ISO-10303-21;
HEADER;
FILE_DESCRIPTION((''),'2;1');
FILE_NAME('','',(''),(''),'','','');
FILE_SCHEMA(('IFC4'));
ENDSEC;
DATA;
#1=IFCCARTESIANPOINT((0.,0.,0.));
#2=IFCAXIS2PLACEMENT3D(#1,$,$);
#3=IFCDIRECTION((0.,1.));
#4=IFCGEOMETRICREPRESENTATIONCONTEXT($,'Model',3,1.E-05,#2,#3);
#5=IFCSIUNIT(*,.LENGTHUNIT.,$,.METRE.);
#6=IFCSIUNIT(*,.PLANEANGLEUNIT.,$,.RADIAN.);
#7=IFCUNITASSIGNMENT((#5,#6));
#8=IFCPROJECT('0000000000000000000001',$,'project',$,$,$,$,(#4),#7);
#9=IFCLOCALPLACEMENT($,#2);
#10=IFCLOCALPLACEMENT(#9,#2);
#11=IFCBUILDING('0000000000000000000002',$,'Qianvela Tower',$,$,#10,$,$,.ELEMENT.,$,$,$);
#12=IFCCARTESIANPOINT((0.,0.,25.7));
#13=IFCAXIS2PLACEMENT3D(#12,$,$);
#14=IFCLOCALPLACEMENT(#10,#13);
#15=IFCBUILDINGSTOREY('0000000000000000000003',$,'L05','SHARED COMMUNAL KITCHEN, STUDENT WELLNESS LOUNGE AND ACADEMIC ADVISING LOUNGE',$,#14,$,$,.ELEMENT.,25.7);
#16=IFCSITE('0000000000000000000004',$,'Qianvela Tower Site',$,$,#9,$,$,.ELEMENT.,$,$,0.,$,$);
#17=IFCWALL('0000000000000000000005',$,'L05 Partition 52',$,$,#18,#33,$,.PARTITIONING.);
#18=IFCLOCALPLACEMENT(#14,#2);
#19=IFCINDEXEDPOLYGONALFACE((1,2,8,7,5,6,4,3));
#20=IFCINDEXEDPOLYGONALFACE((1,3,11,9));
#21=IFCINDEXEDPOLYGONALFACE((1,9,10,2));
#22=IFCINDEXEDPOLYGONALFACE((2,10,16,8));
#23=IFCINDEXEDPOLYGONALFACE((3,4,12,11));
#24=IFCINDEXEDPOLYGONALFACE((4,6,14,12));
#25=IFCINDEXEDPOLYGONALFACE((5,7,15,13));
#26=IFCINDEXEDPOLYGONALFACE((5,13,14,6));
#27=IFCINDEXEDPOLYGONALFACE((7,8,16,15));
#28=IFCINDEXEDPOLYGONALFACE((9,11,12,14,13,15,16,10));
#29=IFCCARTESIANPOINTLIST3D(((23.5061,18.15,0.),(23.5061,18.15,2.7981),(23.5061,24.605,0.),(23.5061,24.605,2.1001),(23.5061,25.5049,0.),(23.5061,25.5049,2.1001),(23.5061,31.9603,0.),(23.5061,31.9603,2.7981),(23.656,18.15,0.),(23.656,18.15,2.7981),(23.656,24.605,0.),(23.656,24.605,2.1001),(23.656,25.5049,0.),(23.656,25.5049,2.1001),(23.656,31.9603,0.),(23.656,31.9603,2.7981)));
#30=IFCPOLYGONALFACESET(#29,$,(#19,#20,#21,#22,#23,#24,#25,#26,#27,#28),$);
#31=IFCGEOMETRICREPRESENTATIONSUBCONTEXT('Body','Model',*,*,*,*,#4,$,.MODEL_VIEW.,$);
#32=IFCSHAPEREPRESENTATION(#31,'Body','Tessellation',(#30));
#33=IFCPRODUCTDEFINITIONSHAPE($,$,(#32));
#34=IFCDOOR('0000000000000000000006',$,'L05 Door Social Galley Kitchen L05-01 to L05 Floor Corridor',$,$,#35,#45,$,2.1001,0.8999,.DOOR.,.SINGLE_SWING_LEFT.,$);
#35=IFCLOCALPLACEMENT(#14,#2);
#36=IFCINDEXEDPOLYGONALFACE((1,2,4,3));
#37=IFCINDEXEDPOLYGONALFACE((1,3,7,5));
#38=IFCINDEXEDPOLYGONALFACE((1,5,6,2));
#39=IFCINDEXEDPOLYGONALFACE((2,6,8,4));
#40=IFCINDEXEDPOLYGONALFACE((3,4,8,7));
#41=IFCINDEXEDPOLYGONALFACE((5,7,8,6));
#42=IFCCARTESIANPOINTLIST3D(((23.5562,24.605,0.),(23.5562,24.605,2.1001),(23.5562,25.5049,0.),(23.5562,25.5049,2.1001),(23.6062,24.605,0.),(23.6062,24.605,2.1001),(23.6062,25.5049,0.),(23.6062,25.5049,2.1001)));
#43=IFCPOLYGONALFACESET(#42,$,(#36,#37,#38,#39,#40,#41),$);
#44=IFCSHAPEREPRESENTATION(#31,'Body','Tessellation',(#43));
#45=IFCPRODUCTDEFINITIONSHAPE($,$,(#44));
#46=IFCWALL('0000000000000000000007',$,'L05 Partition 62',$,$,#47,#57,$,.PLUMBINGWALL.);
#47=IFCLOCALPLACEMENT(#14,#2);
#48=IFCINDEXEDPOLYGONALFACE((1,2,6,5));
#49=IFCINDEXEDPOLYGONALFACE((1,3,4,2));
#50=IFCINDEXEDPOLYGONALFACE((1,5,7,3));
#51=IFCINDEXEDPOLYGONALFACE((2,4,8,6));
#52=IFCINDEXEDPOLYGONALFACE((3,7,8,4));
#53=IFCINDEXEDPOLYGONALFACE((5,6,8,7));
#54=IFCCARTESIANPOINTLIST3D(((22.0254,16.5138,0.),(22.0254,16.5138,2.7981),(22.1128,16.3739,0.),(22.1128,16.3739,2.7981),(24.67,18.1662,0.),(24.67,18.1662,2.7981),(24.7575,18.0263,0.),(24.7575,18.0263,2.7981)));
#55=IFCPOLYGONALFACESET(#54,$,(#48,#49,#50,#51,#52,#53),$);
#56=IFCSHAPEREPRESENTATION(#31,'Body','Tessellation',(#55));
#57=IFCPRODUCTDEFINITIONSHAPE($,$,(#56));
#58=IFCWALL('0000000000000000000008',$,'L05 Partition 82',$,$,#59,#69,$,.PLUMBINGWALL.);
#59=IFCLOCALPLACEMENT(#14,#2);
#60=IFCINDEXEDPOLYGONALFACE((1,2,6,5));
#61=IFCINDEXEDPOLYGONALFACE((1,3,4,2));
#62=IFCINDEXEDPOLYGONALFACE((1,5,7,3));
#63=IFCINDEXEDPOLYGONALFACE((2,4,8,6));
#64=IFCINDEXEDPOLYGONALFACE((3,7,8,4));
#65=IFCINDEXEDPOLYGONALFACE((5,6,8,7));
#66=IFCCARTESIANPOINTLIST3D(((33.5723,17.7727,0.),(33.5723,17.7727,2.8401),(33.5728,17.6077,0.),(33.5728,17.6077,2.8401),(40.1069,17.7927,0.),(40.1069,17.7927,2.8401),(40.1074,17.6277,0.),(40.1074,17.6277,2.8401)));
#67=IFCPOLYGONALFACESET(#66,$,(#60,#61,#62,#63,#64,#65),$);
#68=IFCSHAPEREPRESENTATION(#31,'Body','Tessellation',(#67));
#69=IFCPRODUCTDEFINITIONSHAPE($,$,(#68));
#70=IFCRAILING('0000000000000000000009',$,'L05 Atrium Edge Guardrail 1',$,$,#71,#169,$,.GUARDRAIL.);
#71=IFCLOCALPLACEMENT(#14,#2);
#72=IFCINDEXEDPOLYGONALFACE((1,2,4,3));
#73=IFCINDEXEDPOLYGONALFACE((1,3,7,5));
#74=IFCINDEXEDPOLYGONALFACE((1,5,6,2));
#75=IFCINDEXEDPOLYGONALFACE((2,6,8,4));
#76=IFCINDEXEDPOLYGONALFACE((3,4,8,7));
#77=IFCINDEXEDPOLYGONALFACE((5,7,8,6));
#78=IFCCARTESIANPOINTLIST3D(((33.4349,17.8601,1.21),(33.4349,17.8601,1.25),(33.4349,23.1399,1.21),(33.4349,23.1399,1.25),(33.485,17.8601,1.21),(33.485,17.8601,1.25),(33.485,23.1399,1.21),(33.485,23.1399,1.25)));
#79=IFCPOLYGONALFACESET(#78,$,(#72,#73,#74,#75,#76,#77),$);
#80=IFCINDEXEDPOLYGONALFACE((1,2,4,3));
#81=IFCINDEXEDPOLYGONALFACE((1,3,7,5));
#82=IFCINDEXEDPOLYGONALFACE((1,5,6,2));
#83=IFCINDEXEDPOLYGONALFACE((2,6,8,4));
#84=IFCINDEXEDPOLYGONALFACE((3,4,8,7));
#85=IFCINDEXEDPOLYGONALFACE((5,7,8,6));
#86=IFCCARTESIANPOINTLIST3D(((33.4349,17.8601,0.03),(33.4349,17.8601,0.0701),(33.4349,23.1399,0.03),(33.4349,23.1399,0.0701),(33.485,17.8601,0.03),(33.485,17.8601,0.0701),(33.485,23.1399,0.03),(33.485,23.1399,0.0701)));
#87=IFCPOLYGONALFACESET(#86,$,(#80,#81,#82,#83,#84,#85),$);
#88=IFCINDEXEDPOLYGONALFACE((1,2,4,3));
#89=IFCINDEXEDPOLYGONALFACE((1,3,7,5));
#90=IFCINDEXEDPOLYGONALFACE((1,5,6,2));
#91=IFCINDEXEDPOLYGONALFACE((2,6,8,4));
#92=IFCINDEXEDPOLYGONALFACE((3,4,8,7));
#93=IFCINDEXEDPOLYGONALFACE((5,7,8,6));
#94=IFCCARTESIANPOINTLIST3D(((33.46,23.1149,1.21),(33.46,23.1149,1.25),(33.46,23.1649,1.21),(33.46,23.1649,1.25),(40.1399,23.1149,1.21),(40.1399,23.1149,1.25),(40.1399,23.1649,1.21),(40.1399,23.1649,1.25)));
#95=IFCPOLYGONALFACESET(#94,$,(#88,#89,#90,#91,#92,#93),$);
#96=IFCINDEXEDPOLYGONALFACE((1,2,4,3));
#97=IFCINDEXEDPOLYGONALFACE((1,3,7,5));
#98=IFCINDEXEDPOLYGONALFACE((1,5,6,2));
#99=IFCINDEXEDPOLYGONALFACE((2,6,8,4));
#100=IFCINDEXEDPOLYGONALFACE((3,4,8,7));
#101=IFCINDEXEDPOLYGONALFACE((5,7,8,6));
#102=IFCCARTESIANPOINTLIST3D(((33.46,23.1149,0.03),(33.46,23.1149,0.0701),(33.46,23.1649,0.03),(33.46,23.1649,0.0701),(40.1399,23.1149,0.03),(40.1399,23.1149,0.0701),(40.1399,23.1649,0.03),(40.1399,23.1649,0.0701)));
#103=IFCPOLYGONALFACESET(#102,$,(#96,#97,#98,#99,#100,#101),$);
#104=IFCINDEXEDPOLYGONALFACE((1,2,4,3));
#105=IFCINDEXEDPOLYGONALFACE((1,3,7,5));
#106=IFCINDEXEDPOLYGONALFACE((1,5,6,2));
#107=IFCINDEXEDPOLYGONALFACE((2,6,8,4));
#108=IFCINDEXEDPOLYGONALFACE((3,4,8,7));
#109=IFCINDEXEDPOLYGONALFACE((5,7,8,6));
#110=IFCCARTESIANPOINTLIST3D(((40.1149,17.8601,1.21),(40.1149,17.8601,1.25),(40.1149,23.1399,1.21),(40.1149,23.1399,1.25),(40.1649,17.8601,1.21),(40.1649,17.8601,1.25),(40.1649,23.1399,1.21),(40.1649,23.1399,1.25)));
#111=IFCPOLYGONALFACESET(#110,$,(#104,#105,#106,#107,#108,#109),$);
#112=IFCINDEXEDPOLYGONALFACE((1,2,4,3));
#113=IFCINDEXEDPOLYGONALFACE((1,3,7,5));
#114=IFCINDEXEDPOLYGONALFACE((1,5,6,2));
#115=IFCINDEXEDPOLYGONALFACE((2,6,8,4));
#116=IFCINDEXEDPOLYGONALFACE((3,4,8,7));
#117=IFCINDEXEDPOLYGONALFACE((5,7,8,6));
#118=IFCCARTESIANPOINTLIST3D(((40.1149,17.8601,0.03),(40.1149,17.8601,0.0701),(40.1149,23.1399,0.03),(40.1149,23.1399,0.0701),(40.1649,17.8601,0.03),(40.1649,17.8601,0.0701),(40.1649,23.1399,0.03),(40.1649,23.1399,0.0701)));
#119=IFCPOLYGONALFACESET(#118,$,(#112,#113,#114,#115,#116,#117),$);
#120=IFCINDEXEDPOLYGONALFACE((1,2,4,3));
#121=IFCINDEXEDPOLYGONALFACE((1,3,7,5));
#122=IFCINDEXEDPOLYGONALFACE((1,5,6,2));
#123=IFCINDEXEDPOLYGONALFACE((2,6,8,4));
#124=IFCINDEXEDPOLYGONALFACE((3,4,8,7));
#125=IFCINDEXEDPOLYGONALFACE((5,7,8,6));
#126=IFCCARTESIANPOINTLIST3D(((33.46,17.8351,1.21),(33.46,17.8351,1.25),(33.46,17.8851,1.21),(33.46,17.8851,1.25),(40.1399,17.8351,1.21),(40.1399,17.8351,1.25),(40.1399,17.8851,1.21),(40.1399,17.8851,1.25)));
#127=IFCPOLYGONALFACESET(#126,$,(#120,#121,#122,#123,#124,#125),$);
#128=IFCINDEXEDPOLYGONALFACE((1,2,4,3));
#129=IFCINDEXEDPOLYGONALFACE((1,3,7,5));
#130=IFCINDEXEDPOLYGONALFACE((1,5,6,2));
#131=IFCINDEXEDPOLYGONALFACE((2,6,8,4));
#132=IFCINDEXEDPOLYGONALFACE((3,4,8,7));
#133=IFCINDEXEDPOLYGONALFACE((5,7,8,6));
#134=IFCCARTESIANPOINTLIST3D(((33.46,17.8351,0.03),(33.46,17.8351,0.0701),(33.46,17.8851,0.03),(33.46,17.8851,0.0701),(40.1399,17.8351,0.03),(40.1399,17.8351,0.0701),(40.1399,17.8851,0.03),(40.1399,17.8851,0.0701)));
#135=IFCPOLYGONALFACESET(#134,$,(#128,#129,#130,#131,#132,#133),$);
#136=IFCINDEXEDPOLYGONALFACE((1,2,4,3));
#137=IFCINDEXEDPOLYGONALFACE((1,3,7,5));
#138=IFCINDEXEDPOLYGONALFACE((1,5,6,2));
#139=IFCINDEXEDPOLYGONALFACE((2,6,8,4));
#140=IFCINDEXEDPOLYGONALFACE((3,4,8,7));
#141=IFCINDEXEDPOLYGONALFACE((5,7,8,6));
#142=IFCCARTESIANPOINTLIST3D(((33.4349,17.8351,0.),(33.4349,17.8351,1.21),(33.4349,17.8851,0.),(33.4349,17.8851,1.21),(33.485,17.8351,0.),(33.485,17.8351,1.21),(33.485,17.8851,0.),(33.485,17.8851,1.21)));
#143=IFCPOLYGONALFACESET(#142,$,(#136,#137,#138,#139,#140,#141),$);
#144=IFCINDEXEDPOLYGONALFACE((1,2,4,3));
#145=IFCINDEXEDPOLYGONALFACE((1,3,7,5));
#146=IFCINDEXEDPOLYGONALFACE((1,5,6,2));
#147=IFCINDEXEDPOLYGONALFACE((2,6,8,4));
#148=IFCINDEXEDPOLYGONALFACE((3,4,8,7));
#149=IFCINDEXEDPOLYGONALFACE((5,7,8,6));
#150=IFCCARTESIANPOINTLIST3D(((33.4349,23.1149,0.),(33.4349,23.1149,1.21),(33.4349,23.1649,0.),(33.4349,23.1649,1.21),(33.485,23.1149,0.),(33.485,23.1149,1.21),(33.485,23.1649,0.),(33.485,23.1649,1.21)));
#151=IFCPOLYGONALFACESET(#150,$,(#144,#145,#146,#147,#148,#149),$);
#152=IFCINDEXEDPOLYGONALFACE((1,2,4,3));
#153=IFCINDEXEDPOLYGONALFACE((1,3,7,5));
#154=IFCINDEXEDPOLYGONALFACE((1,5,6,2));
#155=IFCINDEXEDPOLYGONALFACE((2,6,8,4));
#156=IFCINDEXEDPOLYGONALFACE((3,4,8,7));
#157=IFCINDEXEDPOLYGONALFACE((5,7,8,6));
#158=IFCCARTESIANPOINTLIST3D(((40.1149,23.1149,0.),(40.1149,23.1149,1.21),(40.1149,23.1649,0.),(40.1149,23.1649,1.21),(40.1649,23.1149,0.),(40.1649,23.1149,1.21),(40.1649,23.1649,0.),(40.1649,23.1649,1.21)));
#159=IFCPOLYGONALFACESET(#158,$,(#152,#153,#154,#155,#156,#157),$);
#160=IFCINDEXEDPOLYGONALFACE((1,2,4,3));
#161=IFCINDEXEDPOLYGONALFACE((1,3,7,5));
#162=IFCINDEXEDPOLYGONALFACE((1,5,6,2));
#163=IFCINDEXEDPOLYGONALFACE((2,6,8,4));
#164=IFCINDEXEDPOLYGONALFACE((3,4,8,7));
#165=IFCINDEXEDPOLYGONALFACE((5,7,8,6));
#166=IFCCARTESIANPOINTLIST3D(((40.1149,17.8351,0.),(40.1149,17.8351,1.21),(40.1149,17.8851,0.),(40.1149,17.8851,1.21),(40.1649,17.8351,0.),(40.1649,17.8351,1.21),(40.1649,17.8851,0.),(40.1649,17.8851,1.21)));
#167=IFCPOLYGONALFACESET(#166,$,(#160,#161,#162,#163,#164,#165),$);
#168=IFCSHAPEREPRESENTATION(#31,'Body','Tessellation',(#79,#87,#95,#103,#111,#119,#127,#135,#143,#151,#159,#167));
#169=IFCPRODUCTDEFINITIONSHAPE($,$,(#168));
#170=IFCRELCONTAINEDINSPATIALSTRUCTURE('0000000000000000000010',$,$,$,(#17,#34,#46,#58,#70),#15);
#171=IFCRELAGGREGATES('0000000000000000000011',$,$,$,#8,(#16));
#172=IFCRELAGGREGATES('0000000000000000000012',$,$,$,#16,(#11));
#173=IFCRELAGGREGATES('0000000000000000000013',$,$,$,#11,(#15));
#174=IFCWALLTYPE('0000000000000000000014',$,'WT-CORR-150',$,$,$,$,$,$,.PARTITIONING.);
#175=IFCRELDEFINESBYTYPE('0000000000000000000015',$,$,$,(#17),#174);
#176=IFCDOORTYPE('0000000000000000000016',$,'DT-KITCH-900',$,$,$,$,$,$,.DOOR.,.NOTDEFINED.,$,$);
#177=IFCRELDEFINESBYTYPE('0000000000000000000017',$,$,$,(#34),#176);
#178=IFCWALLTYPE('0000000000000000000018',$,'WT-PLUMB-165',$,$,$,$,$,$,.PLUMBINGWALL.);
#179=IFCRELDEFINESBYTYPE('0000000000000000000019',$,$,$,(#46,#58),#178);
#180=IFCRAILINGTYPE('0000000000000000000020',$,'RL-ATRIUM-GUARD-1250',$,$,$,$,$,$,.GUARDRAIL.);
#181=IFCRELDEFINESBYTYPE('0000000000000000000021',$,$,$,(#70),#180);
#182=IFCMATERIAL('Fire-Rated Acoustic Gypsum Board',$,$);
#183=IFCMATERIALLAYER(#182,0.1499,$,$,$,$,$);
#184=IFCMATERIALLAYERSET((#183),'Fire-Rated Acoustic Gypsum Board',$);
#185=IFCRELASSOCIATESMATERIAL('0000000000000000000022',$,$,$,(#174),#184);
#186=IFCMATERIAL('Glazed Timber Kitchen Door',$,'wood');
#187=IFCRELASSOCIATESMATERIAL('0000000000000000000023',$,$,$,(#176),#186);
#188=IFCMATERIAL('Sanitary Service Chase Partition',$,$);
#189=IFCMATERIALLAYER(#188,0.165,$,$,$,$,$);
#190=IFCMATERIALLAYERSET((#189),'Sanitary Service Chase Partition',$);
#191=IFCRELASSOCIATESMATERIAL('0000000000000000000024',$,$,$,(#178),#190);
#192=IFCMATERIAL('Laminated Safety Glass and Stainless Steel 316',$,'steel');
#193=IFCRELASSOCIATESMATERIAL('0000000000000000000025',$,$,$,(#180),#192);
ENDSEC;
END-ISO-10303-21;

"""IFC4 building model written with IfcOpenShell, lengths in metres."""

from ifc_helpers import new_model, si_unit, direction, frame, frame_2d, origin, origin_2d, place, context, subcontext, project, spatial, rectangle, extrude, material, layer, layer_set, type_object, element, fill, save


model = new_model("IFC4")

# Units and contexts
model_context = context("Model", 3, precision=1e-05, world=origin(), true_north=direction((0.0, 1.0)))
body_context = subcontext(model_context, "Body", "Model", "MODEL_VIEW")
ifc_project = project(units=[si_unit("LENGTHUNIT", "METRE"), si_unit("PLANEANGLEUNIT", "RADIAN")], contexts=[model_context])

# Site, building, storey
site_placement = place(None, origin())
site = spatial("IfcSite", under=ifc_project, at=site_placement, Name="Qianvela Tower Site", CompositionType="ELEMENT", RefElevation=0.0)
building_placement = place(site_placement, origin())
building = spatial("IfcBuilding", under=site, at=building_placement, Name="Qianvela Tower", CompositionType="ELEMENT")
storey_placement = place(building_placement, frame((0.0, 0.0, 25.7)))
storey = spatial("IfcBuildingStorey", under=building, at=storey_placement, Name="L05", Description="SHARED COMMUNAL KITCHEN, STUDENT WELLNESS LOUNGE AND ACADEMIC ADVISING LOUNGE", CompositionType="ELEMENT", Elevation=25.7)

# Shared definitions
ifc_material_1 = material(Name="Fire-Rated Acoustic Gypsum Board")
ifc_layer_1 = layer(ifc_material_1, 0.1499)
ifc_layer_set_1 = layer_set([ifc_layer_1], Name="Fire-Rated Acoustic Gypsum Board")
wall_type_1 = type_object("IfcWallType", Name="WT-CORR-150", PredefinedType="PARTITIONING", material=ifc_layer_set_1)

# Wall, opening, door
ifc_material_2 = material(Name="Glazed Timber Kitchen Door", Category="wood")
door_type = type_object("IfcDoorType", Name="DT-KITCH-900", OperationType="NOTDEFINED", PredefinedType="DOOR", material=ifc_material_2)
wall_1_placement = place(storey_placement, frame((23.5811, 18.1499, 0.0), z_axis=(0.0, 0.0, 1.0), x_axis=(0.0, 1.0, 0.0)))
wall_1 = element("IfcWall", 1, at=wall_1_placement, inside=storey, type_object=wall_type_1, Name="L05 Partition 52", PredefinedType="PARTITIONING", context=body_context, shape_type="SweptSolid", body=[
    extrude(rectangle(XDim=13.8103, YDim=0.1499, at=frame_2d((6.9053, 0.0))), origin(), (0.0, 0.0, 1.0), 2.7981),
])
opening_1_placement = place(wall_1_placement, frame((6.4551, 0.0, 0.0)))
opening_1 = element("IfcOpeningElement", 2, at=opening_1_placement, cuts=wall_1, PredefinedType="OPENING", context=body_context, shape_type="SweptSolid", body=[
    extrude(rectangle(XDim=0.8999, YDim=2.1001, at=frame_2d((0.45, 1.05))), frame((0.0, 0.085, 0.0), z_axis=(0.0, -1.0, 0.0), x_axis=(1.0, 0.0, 0.0)), (0.0, 0.0, 1.0), 0.1699),
])
door_1_placement = place(opening_1_placement, origin())
door_1 = element("IfcDoor", 3, at=door_1_placement, inside=storey, type_object=door_type, Name="L05 Door Social Galley Kitchen L05-01 to L05 Floor Corridor", OperationType="SINGLE_SWING_LEFT", OverallHeight=2.1001, OverallWidth=0.8999, PredefinedType="DOOR", context=body_context, shape_type="SweptSolid", body=[
    extrude(rectangle(XDim=0.8999, YDim=2.1001, at=frame_2d((0.45, 1.05))), frame((0.0, 0.0249, 0.0), z_axis=(0.0, -1.0, 0.0), x_axis=(1.0, 0.0, 0.0)), (0.0, 0.0, 1.0), 0.05),
])
fill(opening_1, door_1)

# Walls
ifc_material_3 = material(Name="Sanitary Service Chase Partition")
ifc_layer_2 = layer(ifc_material_3, 0.165)
ifc_layer_set_2 = layer_set([ifc_layer_2], Name="Sanitary Service Chase Partition")
wall_type_2 = type_object("IfcWallType", Name="WT-PLUMB-165", PredefinedType="PLUMBINGWALL", material=ifc_layer_set_2)
wall_2_placement = place(storey_placement, frame((24.7136, 18.0962, 0.0), z_axis=(0.0, 0.0, 1.0), x_axis=(-0.848069, -0.529886, 0.0)))
element("IfcWall", 4, at=wall_2_placement, inside=storey, type_object=wall_type_2, Name="L05 Partition 62", PredefinedType="PLUMBINGWALL", context=body_context, shape_type="SweptSolid", body=[
    extrude(rectangle(XDim=3.1184, YDim=0.165, at=frame_2d((1.5591, 0.0))), origin(), (0.0, 0.0, 1.0), 2.7981),
])
wall_3_placement = place(storey_placement, frame((33.5725, 17.6902, 0.0), z_axis=(0.0, 0.0, 1.0), x_axis=(0.999995, 0.003064, 0.0)))
element("IfcWall", 5, at=wall_3_placement, inside=storey, type_object=wall_type_2, Name="L05 Partition 82", PredefinedType="PLUMBINGWALL", context=body_context, shape_type="SweptSolid", body=[
    extrude(rectangle(XDim=6.5347, YDim=0.165, at=frame_2d((3.2673, 0.0))), origin(), (0.0, 0.0, 1.0), 2.8401),
])

# Railing
ifc_material_4 = material(Name="Laminated Safety Glass and Stainless Steel 316", Category="steel")
railing_type = type_object("IfcRailingType", Name="RL-ATRIUM-GUARD-1250", PredefinedType="GUARDRAIL", material=ifc_material_4)
railing_placement = place(storey_placement, frame((33.46, 17.8601, 0.0)))
element("IfcRailing", 6, at=railing_placement, inside=storey, type_object=railing_type, Name="L05 Atrium Edge Guardrail 1", PredefinedType="GUARDRAIL", context=body_context, shape_type="SweptSolid", body=[
    extrude(rectangle(XDim=0.05, YDim=0.04, at=origin_2d()), frame((0.0, 0.0, 1.23), z_axis=(0.0, 1.0, 0.0), x_axis=(-1.0, 0.0, 0.0)), (0.0, 0.0, 1.0), 5.2798),
    extrude(rectangle(XDim=0.05, YDim=0.04, at=origin_2d()), frame((0.0, 0.0, 0.05), z_axis=(0.0, 1.0, 0.0), x_axis=(-1.0, 0.0, 0.0)), (0.0, 0.0, 1.0), 5.2798),
    extrude(rectangle(XDim=0.05, YDim=0.04, at=origin_2d()), frame((0.0, 5.2798, 1.23), z_axis=(1.0, 0.0, 0.0), x_axis=(0.0, 1.0, 0.0)), (0.0, 0.0, 1.0), 6.6799),
    extrude(rectangle(XDim=0.05, YDim=0.04, at=origin_2d()), frame((0.0, 5.2798, 0.05), z_axis=(1.0, 0.0, 0.0), x_axis=(0.0, 1.0, 0.0)), (0.0, 0.0, 1.0), 6.6799),
    extrude(rectangle(XDim=0.05, YDim=0.04, at=origin_2d()), frame((6.6799, 5.2798, 1.23), z_axis=(0.0, -1.0, 0.0), x_axis=(1.0, 0.0, 0.0)), (0.0, 0.0, 1.0), 5.2798),
    extrude(rectangle(XDim=0.05, YDim=0.04, at=origin_2d()), frame((6.6799, 5.2798, 0.05), z_axis=(0.0, -1.0, 0.0), x_axis=(1.0, 0.0, 0.0)), (0.0, 0.0, 1.0), 5.2798),
    extrude(rectangle(XDim=0.05, YDim=0.04, at=origin_2d()), frame((6.6799, 0.0, 1.23), z_axis=(-1.0, 0.0, 0.0), x_axis=(0.0, -1.0, 0.0)), (0.0, 0.0, 1.0), 6.6799),
    extrude(rectangle(XDim=0.05, YDim=0.04, at=origin_2d()), frame((6.6799, 0.0, 0.05), z_axis=(-1.0, 0.0, 0.0), x_axis=(0.0, -1.0, 0.0)), (0.0, 0.0, 1.0), 6.6799),
    extrude(rectangle(XDim=0.05, YDim=0.05, at=origin_2d()), origin(), (0.0, 0.0, 1.0), 1.21),
    extrude(rectangle(XDim=0.05, YDim=0.05, at=origin_2d()), frame((0.0, 5.2798, 0.0)), (0.0, 0.0, 1.0), 1.21),
    extrude(rectangle(XDim=0.05, YDim=0.05, at=origin_2d()), frame((6.6799, 5.2798, 0.0)), (0.0, 0.0, 1.0), 1.21),
    extrude(rectangle(XDim=0.05, YDim=0.05, at=origin_2d()), frame((6.6799, 0.0, 0.0)), (0.0, 0.0, 1.0), 1.21),
])

save(model, "model.ifc")
